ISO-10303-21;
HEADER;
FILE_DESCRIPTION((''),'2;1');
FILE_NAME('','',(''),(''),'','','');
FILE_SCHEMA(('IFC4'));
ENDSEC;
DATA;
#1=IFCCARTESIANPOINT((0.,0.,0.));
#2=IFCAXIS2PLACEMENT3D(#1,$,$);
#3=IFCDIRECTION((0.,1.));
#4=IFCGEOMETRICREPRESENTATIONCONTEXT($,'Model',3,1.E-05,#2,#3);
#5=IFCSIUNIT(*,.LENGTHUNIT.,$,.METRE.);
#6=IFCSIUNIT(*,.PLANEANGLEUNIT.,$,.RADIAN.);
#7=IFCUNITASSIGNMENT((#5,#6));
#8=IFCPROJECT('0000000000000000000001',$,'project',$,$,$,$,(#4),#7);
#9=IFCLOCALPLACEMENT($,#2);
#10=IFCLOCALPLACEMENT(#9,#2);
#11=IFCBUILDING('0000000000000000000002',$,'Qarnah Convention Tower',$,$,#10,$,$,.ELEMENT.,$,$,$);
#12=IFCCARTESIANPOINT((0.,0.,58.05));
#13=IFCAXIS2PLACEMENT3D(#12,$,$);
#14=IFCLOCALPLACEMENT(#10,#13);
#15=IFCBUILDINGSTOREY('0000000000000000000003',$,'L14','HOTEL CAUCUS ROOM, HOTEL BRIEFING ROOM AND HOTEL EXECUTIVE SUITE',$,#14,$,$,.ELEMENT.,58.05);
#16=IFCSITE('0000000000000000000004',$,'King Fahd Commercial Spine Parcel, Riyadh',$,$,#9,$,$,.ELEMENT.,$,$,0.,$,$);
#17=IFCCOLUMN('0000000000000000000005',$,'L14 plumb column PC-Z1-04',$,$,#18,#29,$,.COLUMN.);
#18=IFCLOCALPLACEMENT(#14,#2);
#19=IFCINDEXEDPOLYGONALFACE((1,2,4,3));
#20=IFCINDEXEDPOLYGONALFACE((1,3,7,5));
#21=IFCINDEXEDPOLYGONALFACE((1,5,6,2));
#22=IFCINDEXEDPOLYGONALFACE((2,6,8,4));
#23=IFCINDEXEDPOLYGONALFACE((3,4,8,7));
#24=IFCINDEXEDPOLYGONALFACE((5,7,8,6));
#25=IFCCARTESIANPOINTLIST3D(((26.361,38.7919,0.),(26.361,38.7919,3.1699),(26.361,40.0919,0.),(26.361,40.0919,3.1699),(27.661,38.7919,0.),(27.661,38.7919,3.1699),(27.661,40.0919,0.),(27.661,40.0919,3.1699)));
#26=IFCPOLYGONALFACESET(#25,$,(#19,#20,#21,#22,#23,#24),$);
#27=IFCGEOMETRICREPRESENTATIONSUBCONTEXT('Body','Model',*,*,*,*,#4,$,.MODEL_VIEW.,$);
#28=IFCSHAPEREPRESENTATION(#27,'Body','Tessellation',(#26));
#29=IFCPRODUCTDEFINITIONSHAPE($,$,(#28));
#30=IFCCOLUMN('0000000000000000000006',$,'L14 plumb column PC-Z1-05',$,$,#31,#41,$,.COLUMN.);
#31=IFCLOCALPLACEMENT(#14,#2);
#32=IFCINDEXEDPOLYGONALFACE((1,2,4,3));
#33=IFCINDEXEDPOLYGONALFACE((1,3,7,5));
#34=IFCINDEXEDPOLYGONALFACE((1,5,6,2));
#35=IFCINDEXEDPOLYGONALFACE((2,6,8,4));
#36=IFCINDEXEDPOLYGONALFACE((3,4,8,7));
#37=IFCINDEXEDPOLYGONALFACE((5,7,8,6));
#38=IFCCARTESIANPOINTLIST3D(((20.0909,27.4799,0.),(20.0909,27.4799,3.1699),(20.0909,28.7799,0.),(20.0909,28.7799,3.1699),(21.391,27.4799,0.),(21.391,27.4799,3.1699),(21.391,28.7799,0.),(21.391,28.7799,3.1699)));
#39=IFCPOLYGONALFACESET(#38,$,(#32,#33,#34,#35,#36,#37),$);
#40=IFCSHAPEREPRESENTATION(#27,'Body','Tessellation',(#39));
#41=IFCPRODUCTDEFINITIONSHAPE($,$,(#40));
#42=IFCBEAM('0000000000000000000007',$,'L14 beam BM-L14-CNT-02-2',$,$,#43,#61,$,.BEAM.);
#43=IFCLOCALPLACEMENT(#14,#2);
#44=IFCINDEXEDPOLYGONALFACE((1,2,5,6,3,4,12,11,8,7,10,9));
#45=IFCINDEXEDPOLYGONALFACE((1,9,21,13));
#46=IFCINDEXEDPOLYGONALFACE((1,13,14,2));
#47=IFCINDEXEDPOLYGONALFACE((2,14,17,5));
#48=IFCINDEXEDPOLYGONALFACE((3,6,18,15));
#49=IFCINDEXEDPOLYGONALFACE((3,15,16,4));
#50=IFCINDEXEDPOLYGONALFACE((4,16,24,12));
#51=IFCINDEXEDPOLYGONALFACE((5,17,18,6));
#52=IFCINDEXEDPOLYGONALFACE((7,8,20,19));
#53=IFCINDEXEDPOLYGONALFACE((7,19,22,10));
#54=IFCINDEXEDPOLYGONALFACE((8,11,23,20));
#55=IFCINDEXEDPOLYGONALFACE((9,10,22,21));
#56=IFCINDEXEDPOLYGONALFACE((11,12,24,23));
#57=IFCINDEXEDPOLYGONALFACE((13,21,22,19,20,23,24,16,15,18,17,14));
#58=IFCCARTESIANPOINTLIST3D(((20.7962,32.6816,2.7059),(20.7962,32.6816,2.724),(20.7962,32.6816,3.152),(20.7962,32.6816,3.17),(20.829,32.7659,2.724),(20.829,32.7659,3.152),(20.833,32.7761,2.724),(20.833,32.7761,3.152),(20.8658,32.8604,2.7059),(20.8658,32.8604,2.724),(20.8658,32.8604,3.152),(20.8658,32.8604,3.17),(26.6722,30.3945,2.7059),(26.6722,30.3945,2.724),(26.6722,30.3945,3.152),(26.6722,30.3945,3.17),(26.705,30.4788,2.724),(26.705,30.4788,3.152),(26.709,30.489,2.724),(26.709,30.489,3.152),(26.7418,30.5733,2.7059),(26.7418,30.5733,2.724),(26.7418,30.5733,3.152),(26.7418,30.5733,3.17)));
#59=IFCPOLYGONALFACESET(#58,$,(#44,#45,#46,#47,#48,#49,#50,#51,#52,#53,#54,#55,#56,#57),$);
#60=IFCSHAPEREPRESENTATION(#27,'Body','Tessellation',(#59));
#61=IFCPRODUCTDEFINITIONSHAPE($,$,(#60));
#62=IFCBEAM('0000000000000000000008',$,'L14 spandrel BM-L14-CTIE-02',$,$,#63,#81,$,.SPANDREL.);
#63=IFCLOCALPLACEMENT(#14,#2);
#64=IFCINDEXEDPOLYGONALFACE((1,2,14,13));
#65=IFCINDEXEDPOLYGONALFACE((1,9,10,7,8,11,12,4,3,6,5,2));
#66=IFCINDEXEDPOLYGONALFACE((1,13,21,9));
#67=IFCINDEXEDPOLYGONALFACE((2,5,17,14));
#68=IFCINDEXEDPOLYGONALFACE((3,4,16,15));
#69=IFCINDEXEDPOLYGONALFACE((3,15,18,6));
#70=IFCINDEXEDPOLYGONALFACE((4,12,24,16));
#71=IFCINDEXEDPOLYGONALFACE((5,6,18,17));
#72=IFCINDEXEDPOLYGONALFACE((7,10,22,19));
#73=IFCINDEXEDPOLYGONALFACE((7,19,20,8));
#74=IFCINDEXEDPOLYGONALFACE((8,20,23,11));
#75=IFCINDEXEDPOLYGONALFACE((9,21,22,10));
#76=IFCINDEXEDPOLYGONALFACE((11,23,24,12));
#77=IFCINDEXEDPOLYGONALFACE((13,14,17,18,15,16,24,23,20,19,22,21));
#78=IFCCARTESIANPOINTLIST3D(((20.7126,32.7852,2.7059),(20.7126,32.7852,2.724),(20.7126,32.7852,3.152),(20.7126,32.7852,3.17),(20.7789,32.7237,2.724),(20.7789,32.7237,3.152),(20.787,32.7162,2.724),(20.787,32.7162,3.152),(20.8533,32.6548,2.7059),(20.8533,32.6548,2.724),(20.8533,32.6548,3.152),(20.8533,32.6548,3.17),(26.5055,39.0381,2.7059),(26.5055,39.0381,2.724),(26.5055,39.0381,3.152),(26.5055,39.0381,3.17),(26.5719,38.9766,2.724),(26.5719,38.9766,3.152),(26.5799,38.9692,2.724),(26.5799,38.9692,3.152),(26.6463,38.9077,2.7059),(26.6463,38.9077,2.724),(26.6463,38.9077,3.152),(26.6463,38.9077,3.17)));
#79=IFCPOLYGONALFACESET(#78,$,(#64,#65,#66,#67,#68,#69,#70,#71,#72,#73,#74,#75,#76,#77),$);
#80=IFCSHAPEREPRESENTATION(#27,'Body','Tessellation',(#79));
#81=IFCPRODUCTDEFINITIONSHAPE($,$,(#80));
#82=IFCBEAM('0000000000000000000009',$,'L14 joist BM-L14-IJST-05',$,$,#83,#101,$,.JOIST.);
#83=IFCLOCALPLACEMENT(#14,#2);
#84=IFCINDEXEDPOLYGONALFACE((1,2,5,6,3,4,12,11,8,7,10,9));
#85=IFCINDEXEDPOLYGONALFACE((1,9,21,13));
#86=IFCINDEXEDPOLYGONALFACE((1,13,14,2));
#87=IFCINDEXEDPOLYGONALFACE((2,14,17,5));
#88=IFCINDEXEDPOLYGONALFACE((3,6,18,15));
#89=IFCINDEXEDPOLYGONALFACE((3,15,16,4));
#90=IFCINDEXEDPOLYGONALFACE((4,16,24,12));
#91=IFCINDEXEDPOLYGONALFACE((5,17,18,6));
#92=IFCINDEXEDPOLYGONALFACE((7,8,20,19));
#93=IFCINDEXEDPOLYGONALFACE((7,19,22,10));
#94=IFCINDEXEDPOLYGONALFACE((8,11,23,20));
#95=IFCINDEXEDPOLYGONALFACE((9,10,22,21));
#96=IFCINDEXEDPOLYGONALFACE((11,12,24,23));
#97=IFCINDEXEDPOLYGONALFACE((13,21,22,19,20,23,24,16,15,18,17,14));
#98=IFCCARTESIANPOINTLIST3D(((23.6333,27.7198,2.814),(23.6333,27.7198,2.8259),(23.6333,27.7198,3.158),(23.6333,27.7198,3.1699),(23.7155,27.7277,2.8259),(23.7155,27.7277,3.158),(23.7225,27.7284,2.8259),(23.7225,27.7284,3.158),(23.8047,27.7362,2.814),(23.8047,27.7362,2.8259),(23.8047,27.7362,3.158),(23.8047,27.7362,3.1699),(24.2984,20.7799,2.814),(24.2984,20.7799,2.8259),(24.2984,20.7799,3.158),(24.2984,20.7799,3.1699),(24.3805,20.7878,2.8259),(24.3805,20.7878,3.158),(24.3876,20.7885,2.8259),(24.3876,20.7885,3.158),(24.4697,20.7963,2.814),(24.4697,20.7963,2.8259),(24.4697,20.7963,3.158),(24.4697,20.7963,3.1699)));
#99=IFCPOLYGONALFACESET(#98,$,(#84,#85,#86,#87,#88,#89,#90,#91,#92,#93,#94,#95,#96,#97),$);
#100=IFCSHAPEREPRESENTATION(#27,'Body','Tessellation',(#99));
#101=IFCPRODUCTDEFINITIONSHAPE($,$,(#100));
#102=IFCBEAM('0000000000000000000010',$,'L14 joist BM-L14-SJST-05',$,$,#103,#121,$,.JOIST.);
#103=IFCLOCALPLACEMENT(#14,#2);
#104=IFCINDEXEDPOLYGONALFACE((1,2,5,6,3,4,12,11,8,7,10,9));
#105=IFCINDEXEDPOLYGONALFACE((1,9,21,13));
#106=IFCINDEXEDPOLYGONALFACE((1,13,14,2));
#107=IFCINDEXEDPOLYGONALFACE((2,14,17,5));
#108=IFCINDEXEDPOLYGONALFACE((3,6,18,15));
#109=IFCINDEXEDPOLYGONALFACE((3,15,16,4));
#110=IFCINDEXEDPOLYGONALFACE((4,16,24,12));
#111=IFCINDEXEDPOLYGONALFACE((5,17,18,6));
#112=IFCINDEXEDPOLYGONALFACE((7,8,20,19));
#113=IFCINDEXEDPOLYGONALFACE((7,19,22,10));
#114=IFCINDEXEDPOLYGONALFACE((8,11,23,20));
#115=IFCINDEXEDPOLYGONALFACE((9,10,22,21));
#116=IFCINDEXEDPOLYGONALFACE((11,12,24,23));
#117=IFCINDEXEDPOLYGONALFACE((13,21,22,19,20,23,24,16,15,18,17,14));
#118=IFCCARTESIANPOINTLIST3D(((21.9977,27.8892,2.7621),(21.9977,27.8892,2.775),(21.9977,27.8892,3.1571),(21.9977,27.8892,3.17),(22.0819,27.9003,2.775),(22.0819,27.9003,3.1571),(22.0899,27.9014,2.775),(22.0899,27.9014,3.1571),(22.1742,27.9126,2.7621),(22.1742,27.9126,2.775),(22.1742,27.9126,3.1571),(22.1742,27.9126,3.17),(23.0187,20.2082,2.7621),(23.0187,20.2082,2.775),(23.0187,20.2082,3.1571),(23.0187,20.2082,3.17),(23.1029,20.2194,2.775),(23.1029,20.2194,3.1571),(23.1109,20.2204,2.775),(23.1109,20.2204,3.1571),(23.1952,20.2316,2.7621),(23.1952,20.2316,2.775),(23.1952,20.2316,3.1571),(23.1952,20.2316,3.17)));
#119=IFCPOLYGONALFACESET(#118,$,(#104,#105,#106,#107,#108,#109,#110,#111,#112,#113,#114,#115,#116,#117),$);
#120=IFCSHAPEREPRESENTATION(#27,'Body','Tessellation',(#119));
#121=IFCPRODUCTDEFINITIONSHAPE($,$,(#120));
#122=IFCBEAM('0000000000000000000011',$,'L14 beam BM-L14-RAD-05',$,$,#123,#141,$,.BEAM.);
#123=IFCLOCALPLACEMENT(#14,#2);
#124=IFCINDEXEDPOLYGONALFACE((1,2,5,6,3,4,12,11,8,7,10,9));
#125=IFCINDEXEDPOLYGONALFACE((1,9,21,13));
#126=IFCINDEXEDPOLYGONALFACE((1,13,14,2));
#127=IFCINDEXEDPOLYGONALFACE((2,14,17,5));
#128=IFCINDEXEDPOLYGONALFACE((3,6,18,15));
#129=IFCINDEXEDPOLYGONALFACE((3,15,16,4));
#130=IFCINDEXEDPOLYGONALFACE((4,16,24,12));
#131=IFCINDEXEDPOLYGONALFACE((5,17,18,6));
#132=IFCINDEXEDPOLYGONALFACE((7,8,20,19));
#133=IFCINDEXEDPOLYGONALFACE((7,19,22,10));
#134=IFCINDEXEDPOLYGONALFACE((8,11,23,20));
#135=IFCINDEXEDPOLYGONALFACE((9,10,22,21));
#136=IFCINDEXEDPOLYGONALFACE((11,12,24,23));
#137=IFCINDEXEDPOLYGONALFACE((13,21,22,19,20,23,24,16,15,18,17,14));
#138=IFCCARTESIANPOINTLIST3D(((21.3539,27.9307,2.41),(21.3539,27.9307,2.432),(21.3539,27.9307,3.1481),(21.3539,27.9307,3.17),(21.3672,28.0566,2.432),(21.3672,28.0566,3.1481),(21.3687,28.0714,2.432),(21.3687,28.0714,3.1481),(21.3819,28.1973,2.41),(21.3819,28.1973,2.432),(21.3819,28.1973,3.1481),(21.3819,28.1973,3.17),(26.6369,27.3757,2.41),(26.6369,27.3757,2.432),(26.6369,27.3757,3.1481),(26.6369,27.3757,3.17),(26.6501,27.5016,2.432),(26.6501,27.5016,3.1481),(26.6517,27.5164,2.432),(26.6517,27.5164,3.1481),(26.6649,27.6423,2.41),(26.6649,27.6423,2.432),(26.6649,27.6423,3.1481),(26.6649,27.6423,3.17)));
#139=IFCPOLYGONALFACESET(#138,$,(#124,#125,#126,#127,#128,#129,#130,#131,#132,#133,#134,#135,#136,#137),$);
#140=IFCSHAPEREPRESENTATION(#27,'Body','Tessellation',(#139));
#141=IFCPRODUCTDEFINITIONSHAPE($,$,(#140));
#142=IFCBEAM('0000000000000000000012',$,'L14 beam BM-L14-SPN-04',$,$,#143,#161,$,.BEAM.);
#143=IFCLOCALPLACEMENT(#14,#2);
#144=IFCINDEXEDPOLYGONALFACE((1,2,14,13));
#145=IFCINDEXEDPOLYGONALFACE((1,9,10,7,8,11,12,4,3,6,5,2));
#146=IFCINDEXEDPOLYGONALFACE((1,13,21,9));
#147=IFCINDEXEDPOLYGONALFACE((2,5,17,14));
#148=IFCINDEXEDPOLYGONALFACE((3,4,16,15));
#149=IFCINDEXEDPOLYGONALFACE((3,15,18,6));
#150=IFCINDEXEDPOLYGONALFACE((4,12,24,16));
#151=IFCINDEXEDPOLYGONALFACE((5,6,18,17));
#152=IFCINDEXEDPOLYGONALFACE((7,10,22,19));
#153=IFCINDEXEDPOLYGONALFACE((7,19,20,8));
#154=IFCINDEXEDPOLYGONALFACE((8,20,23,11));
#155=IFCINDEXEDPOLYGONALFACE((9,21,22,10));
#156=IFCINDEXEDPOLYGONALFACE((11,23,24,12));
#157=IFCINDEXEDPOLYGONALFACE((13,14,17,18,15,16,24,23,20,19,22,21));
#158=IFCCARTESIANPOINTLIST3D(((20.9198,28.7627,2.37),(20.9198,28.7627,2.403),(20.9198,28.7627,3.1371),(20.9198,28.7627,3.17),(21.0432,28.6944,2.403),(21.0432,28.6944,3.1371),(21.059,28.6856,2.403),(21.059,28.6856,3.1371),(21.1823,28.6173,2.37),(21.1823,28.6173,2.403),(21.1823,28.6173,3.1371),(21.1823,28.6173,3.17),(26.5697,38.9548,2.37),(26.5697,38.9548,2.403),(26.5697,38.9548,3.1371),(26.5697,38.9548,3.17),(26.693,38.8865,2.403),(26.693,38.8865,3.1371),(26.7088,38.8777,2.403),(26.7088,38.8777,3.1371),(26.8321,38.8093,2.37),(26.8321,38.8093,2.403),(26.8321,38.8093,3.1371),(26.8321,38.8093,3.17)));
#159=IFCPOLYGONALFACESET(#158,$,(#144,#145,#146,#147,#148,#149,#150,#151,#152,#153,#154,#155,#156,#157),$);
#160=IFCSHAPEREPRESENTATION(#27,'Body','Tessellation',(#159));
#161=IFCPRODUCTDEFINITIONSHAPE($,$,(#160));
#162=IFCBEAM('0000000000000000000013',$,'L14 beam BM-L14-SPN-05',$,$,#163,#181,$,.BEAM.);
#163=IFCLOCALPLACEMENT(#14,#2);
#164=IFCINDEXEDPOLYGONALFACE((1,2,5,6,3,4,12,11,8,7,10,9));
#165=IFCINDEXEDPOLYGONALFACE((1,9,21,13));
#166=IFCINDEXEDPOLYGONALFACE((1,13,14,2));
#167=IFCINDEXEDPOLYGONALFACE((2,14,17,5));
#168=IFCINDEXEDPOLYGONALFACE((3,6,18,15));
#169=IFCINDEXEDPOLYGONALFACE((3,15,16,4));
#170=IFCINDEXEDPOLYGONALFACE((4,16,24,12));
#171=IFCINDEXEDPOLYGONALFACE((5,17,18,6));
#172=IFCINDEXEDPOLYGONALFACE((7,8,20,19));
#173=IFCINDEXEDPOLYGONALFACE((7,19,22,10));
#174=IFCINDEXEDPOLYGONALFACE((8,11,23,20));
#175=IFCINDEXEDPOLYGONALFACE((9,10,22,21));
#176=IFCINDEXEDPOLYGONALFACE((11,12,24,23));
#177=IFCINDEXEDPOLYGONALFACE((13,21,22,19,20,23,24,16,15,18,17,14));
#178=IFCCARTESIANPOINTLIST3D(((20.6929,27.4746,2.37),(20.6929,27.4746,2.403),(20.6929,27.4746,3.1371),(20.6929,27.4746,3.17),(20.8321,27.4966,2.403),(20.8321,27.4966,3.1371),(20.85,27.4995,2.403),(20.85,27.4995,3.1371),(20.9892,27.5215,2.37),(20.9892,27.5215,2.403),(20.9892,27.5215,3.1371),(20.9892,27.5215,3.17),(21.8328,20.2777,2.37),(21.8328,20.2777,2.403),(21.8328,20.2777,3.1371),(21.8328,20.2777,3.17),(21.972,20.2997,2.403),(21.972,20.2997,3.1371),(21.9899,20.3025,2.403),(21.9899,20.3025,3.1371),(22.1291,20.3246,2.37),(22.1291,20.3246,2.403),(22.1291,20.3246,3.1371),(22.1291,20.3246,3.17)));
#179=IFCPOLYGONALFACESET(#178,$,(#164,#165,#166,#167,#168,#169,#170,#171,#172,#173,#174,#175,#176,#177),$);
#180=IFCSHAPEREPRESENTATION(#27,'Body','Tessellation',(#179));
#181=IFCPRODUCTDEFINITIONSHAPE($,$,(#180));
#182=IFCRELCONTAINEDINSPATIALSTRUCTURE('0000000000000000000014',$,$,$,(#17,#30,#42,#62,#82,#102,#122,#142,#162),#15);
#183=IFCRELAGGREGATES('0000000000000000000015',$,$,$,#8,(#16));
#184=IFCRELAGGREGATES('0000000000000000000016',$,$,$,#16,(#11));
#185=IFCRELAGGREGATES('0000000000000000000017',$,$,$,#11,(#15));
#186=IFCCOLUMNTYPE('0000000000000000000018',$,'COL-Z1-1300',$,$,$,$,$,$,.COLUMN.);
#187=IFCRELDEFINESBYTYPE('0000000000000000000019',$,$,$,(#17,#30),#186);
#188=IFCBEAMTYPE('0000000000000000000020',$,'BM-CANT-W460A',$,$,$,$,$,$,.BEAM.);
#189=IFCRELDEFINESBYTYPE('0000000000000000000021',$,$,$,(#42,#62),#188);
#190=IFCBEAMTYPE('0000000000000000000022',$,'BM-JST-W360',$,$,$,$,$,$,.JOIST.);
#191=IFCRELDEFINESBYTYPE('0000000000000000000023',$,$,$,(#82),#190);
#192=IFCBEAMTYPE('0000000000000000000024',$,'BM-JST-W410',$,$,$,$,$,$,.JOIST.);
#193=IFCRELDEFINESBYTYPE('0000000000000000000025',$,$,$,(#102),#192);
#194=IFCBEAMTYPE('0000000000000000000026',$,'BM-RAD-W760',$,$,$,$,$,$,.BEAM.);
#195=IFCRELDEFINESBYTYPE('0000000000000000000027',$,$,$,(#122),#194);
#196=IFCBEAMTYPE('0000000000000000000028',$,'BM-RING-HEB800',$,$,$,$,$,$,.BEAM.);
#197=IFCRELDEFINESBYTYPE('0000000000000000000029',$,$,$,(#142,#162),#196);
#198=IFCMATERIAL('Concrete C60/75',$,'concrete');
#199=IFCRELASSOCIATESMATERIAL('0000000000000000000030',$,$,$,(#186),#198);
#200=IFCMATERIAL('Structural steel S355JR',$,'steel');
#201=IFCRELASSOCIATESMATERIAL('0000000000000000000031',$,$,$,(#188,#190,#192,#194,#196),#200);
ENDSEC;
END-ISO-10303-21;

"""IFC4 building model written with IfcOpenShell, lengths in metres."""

from ifc_helpers import new_model, si_unit, direction, frame, origin, origin_2d, place, context, subcontext, project, spatial, rectangle, i_section, extrude, material, material_profile, profile_set, type_object, element, save


model = new_model("IFC4")

# Units and contexts
model_context = context("Model", 3, precision=1e-05, world=origin(), true_north=direction((0.0, 1.0)))
body_context = subcontext(model_context, "Body", "Model", "MODEL_VIEW")
ifc_project = project(units=[si_unit("LENGTHUNIT", "METRE"), si_unit("PLANEANGLEUNIT", "RADIAN")], contexts=[model_context])

# Site, building, storey
site_placement = place(None, origin())
site = spatial("IfcSite", under=ifc_project, at=site_placement, Name="King Fahd Commercial Spine Parcel, Riyadh", CompositionType="ELEMENT", RefElevation=0.0)
building_placement = place(site_placement, origin())
building = spatial("IfcBuilding", under=site, at=building_placement, Name="Qarnah Convention Tower", CompositionType="ELEMENT")
storey_placement = place(building_placement, frame((0.0, 0.0, 58.05)))
storey = spatial("IfcBuildingStorey", under=building, at=storey_placement, Name="L14", Description="HOTEL CAUCUS ROOM, HOTEL BRIEFING ROOM AND HOTEL EXECUTIVE SUITE", CompositionType="ELEMENT", Elevation=58.05)

# Columns
ifc_material_1 = material(Name="Concrete C60/75", Category="concrete")
ifc_material_profile_1 = material_profile(ifc_material_1, rectangle(XDim=1.3, YDim=1.3, at=origin_2d()), Name="RC-COL-1300X1300")
ifc_profile_set_1 = profile_set([ifc_material_profile_1], Name="Concrete C60/75")
column_type = type_object("IfcColumnType", Name="COL-Z1-1300", PredefinedType="COLUMN", material=ifc_profile_set_1)
for number, where, z_axis, x_axis, name in (
    (1, (27.011, 39.4419, 0.0), (0.0, 0.0, 1.0), (1.0, 0.0, 0.0), "L14 plumb column PC-Z1-04"),
    (2, (20.741, 28.1299, 0.0), (0.0, 0.0, 1.0), (1.0, 0.0, 0.0), "L14 plumb column PC-Z1-05"),
):
    element("IfcColumn", number, at=place(storey_placement, frame(where, z_axis=z_axis, x_axis=x_axis)), inside=storey, type_object=column_type, Name=name, PredefinedType="COLUMN", context=body_context, shape_type="SweptSolid", body=[
        extrude(rectangle(XDim=1.3, YDim=1.3, at=origin_2d()), origin(), (0.0, 0.0, 1.0), 3.1699),
    ])

# Beams
ifc_material_2 = material(Name="Structural steel S355JR", Category="steel")
ifc_material_profile_2 = material_profile(ifc_material_2, i_section(OverallWidth=0.1919, OverallDepth=0.4641, WebThickness=0.011, FlangeThickness=0.0181, at=origin_2d()), Name="W460X89")
ifc_profile_set_2 = profile_set([ifc_material_profile_2], Name="Structural steel S355JR")
beam_type_1 = type_object("IfcBeamType", Name="BM-CANT-W460A", PredefinedType="BEAM", material=ifc_profile_set_2)
beam_1_placement = place(storey_placement, frame((26.707, 30.4839, 2.938), z_axis=(-0.931897, 0.362723, 0.0), x_axis=(-0.362723, -0.931897, 0.0)))
element("IfcBeam", 3, at=beam_1_placement, inside=storey, type_object=beam_type_1, Name="L14 beam BM-L14-CNT-02-2", PredefinedType="BEAM", context=body_context, shape_type="SweptSolid", body=[
    extrude(i_section(OverallWidth=0.1919, OverallDepth=0.4641, WebThickness=0.011, FlangeThickness=0.0181, at=origin_2d()), origin(), (0.0, 0.0, 1.0), 6.3054),
])
beam_2_placement = place(storey_placement, frame((20.783, 32.72, 2.938), z_axis=(0.679611, 0.733572, 0.0), x_axis=(-0.733572, 0.679611, 0.0)))
element("IfcBeam", 4, at=beam_2_placement, inside=storey, type_object=beam_type_1, Name="L14 spandrel BM-L14-CTIE-02", PredefinedType="SPANDREL", context=body_context, shape_type="SweptSolid", body=[
    extrude(i_section(OverallWidth=0.1919, OverallDepth=0.4641, WebThickness=0.011, FlangeThickness=0.0181, at=origin_2d()), origin(), (0.0, 0.0, 1.0), 8.5239),
])
ifc_material_profile_3 = material_profile(ifc_material_2, i_section(OverallWidth=0.1721, OverallDepth=0.356, WebThickness=0.0071, FlangeThickness=0.012, at=origin_2d()), Name="W360X51")
ifc_profile_set_3 = profile_set([ifc_material_profile_3], Name="Structural steel S355JR")
beam_type_2 = type_object("IfcBeamType", Name="BM-JST-W360", PredefinedType="JOIST", material=ifc_profile_set_3)
beam_3_placement = place(storey_placement, frame((23.719, 27.728, 2.9919), z_axis=(0.095391, -0.99544, 0.0), x_axis=(0.99544, 0.095391, 0.0)))
element("IfcBeam", 5, at=beam_3_placement, inside=storey, type_object=beam_type_2, Name="L14 joist BM-L14-IJST-05", PredefinedType="JOIST", context=body_context, shape_type="SweptSolid", body=[
    extrude(i_section(OverallWidth=0.1721, OverallDepth=0.356, WebThickness=0.0071, FlangeThickness=0.012, at=origin_2d()), origin(), (0.0, 0.0, 1.0), 6.9717),
])
ifc_material_profile_4 = material_profile(ifc_material_2, i_section(OverallWidth=0.178, OverallDepth=0.408, WebThickness=0.0081, FlangeThickness=0.0129, at=origin_2d()), Name="W410X60")
ifc_profile_set_4 = profile_set([ifc_material_profile_4], Name="Structural steel S355JR")
beam_type_3 = type_object("IfcBeamType", Name="BM-JST-W410", PredefinedType="JOIST", material=ifc_profile_set_4)
beam_4_placement = place(storey_placement, frame((22.0859, 27.9009, 2.9661), z_axis=(0.131767, -0.991281, 0.0), x_axis=(0.991281, 0.131767, 0.0)))
element("IfcBeam", 6, at=beam_4_placement, inside=storey, type_object=beam_type_3, Name="L14 joist BM-L14-SJST-05", PredefinedType="JOIST", context=body_context, shape_type="SweptSolid", body=[
    extrude(i_section(OverallWidth=0.178, OverallDepth=0.408, WebThickness=0.0081, FlangeThickness=0.0129, at=origin_2d()), origin(), (0.0, 0.0, 1.0), 7.7485),
])
ifc_material_profile_5 = material_profile(ifc_material_2, i_section(OverallWidth=0.2681, OverallDepth=0.76, WebThickness=0.0149, FlangeThickness=0.022, at=origin_2d()), Name="W760X185")
ifc_profile_set_5 = profile_set([ifc_material_profile_5], Name="Structural steel S355JR")
beam_type_4 = type_object("IfcBeamType", Name="BM-RAD-W760", PredefinedType="BEAM", material=ifc_profile_set_5)
beam_5_placement = place(storey_placement, frame((26.6509, 27.509, 2.79), z_axis=(-0.994528, 0.104467, 0.0), x_axis=(-0.104467, -0.994528, 0.0)))
element("IfcBeam", 7, at=beam_5_placement, inside=storey, type_object=beam_type_4, Name="L14 beam BM-L14-RAD-05", PredefinedType="BEAM", context=body_context, shape_type="SweptSolid", body=[
    extrude(i_section(OverallWidth=0.2681, OverallDepth=0.76, WebThickness=0.0149, FlangeThickness=0.022, at=origin_2d()), origin(), (0.0, 0.0, 1.0), 5.312),
])
ifc_material_profile_6 = material_profile(ifc_material_2, i_section(OverallWidth=0.3, OverallDepth=0.8, WebThickness=0.0181, FlangeThickness=0.033, at=origin_2d()), Name="HEB800")
ifc_profile_set_6 = profile_set([ifc_material_profile_6], Name="Structural steel S355JR")
beam_type_5 = type_object("IfcBeamType", Name="BM-RING-HEB800", PredefinedType="BEAM", material=ifc_profile_set_6)
beam_6_placement = place(storey_placement, frame((26.7009, 38.8821, 2.77), z_axis=(-0.48483, -0.874609, 0.0), x_axis=(0.874609, -0.48483, 0.0)))
element("IfcBeam", 8, at=beam_6_placement, inside=storey, type_object=beam_type_5, Name="L14 beam BM-L14-SPN-04", PredefinedType="BEAM", context=body_context, shape_type="SweptSolid", body=[
    extrude(i_section(OverallWidth=0.3, OverallDepth=0.8, WebThickness=0.0181, FlangeThickness=0.033, at=origin_2d()), origin(), (0.0, 0.0, 1.0), 11.6533),
])
beam_7_placement = place(storey_placement, frame((20.8411, 27.498, 2.77), z_axis=(0.156434, -0.987688, 0.0), x_axis=(0.987688, 0.156434, 0.0)))
element("IfcBeam", 9, at=beam_7_placement, inside=storey, type_object=beam_type_5, Name="L14 beam BM-L14-SPN-05", PredefinedType="BEAM", context=body_context, shape_type="SweptSolid", body=[
    extrude(i_section(OverallWidth=0.3, OverallDepth=0.8, WebThickness=0.0181, FlangeThickness=0.033, at=origin_2d()), origin(), (0.0, 0.0, 1.0), 7.2866),
])

save(model, "model.ifc")
